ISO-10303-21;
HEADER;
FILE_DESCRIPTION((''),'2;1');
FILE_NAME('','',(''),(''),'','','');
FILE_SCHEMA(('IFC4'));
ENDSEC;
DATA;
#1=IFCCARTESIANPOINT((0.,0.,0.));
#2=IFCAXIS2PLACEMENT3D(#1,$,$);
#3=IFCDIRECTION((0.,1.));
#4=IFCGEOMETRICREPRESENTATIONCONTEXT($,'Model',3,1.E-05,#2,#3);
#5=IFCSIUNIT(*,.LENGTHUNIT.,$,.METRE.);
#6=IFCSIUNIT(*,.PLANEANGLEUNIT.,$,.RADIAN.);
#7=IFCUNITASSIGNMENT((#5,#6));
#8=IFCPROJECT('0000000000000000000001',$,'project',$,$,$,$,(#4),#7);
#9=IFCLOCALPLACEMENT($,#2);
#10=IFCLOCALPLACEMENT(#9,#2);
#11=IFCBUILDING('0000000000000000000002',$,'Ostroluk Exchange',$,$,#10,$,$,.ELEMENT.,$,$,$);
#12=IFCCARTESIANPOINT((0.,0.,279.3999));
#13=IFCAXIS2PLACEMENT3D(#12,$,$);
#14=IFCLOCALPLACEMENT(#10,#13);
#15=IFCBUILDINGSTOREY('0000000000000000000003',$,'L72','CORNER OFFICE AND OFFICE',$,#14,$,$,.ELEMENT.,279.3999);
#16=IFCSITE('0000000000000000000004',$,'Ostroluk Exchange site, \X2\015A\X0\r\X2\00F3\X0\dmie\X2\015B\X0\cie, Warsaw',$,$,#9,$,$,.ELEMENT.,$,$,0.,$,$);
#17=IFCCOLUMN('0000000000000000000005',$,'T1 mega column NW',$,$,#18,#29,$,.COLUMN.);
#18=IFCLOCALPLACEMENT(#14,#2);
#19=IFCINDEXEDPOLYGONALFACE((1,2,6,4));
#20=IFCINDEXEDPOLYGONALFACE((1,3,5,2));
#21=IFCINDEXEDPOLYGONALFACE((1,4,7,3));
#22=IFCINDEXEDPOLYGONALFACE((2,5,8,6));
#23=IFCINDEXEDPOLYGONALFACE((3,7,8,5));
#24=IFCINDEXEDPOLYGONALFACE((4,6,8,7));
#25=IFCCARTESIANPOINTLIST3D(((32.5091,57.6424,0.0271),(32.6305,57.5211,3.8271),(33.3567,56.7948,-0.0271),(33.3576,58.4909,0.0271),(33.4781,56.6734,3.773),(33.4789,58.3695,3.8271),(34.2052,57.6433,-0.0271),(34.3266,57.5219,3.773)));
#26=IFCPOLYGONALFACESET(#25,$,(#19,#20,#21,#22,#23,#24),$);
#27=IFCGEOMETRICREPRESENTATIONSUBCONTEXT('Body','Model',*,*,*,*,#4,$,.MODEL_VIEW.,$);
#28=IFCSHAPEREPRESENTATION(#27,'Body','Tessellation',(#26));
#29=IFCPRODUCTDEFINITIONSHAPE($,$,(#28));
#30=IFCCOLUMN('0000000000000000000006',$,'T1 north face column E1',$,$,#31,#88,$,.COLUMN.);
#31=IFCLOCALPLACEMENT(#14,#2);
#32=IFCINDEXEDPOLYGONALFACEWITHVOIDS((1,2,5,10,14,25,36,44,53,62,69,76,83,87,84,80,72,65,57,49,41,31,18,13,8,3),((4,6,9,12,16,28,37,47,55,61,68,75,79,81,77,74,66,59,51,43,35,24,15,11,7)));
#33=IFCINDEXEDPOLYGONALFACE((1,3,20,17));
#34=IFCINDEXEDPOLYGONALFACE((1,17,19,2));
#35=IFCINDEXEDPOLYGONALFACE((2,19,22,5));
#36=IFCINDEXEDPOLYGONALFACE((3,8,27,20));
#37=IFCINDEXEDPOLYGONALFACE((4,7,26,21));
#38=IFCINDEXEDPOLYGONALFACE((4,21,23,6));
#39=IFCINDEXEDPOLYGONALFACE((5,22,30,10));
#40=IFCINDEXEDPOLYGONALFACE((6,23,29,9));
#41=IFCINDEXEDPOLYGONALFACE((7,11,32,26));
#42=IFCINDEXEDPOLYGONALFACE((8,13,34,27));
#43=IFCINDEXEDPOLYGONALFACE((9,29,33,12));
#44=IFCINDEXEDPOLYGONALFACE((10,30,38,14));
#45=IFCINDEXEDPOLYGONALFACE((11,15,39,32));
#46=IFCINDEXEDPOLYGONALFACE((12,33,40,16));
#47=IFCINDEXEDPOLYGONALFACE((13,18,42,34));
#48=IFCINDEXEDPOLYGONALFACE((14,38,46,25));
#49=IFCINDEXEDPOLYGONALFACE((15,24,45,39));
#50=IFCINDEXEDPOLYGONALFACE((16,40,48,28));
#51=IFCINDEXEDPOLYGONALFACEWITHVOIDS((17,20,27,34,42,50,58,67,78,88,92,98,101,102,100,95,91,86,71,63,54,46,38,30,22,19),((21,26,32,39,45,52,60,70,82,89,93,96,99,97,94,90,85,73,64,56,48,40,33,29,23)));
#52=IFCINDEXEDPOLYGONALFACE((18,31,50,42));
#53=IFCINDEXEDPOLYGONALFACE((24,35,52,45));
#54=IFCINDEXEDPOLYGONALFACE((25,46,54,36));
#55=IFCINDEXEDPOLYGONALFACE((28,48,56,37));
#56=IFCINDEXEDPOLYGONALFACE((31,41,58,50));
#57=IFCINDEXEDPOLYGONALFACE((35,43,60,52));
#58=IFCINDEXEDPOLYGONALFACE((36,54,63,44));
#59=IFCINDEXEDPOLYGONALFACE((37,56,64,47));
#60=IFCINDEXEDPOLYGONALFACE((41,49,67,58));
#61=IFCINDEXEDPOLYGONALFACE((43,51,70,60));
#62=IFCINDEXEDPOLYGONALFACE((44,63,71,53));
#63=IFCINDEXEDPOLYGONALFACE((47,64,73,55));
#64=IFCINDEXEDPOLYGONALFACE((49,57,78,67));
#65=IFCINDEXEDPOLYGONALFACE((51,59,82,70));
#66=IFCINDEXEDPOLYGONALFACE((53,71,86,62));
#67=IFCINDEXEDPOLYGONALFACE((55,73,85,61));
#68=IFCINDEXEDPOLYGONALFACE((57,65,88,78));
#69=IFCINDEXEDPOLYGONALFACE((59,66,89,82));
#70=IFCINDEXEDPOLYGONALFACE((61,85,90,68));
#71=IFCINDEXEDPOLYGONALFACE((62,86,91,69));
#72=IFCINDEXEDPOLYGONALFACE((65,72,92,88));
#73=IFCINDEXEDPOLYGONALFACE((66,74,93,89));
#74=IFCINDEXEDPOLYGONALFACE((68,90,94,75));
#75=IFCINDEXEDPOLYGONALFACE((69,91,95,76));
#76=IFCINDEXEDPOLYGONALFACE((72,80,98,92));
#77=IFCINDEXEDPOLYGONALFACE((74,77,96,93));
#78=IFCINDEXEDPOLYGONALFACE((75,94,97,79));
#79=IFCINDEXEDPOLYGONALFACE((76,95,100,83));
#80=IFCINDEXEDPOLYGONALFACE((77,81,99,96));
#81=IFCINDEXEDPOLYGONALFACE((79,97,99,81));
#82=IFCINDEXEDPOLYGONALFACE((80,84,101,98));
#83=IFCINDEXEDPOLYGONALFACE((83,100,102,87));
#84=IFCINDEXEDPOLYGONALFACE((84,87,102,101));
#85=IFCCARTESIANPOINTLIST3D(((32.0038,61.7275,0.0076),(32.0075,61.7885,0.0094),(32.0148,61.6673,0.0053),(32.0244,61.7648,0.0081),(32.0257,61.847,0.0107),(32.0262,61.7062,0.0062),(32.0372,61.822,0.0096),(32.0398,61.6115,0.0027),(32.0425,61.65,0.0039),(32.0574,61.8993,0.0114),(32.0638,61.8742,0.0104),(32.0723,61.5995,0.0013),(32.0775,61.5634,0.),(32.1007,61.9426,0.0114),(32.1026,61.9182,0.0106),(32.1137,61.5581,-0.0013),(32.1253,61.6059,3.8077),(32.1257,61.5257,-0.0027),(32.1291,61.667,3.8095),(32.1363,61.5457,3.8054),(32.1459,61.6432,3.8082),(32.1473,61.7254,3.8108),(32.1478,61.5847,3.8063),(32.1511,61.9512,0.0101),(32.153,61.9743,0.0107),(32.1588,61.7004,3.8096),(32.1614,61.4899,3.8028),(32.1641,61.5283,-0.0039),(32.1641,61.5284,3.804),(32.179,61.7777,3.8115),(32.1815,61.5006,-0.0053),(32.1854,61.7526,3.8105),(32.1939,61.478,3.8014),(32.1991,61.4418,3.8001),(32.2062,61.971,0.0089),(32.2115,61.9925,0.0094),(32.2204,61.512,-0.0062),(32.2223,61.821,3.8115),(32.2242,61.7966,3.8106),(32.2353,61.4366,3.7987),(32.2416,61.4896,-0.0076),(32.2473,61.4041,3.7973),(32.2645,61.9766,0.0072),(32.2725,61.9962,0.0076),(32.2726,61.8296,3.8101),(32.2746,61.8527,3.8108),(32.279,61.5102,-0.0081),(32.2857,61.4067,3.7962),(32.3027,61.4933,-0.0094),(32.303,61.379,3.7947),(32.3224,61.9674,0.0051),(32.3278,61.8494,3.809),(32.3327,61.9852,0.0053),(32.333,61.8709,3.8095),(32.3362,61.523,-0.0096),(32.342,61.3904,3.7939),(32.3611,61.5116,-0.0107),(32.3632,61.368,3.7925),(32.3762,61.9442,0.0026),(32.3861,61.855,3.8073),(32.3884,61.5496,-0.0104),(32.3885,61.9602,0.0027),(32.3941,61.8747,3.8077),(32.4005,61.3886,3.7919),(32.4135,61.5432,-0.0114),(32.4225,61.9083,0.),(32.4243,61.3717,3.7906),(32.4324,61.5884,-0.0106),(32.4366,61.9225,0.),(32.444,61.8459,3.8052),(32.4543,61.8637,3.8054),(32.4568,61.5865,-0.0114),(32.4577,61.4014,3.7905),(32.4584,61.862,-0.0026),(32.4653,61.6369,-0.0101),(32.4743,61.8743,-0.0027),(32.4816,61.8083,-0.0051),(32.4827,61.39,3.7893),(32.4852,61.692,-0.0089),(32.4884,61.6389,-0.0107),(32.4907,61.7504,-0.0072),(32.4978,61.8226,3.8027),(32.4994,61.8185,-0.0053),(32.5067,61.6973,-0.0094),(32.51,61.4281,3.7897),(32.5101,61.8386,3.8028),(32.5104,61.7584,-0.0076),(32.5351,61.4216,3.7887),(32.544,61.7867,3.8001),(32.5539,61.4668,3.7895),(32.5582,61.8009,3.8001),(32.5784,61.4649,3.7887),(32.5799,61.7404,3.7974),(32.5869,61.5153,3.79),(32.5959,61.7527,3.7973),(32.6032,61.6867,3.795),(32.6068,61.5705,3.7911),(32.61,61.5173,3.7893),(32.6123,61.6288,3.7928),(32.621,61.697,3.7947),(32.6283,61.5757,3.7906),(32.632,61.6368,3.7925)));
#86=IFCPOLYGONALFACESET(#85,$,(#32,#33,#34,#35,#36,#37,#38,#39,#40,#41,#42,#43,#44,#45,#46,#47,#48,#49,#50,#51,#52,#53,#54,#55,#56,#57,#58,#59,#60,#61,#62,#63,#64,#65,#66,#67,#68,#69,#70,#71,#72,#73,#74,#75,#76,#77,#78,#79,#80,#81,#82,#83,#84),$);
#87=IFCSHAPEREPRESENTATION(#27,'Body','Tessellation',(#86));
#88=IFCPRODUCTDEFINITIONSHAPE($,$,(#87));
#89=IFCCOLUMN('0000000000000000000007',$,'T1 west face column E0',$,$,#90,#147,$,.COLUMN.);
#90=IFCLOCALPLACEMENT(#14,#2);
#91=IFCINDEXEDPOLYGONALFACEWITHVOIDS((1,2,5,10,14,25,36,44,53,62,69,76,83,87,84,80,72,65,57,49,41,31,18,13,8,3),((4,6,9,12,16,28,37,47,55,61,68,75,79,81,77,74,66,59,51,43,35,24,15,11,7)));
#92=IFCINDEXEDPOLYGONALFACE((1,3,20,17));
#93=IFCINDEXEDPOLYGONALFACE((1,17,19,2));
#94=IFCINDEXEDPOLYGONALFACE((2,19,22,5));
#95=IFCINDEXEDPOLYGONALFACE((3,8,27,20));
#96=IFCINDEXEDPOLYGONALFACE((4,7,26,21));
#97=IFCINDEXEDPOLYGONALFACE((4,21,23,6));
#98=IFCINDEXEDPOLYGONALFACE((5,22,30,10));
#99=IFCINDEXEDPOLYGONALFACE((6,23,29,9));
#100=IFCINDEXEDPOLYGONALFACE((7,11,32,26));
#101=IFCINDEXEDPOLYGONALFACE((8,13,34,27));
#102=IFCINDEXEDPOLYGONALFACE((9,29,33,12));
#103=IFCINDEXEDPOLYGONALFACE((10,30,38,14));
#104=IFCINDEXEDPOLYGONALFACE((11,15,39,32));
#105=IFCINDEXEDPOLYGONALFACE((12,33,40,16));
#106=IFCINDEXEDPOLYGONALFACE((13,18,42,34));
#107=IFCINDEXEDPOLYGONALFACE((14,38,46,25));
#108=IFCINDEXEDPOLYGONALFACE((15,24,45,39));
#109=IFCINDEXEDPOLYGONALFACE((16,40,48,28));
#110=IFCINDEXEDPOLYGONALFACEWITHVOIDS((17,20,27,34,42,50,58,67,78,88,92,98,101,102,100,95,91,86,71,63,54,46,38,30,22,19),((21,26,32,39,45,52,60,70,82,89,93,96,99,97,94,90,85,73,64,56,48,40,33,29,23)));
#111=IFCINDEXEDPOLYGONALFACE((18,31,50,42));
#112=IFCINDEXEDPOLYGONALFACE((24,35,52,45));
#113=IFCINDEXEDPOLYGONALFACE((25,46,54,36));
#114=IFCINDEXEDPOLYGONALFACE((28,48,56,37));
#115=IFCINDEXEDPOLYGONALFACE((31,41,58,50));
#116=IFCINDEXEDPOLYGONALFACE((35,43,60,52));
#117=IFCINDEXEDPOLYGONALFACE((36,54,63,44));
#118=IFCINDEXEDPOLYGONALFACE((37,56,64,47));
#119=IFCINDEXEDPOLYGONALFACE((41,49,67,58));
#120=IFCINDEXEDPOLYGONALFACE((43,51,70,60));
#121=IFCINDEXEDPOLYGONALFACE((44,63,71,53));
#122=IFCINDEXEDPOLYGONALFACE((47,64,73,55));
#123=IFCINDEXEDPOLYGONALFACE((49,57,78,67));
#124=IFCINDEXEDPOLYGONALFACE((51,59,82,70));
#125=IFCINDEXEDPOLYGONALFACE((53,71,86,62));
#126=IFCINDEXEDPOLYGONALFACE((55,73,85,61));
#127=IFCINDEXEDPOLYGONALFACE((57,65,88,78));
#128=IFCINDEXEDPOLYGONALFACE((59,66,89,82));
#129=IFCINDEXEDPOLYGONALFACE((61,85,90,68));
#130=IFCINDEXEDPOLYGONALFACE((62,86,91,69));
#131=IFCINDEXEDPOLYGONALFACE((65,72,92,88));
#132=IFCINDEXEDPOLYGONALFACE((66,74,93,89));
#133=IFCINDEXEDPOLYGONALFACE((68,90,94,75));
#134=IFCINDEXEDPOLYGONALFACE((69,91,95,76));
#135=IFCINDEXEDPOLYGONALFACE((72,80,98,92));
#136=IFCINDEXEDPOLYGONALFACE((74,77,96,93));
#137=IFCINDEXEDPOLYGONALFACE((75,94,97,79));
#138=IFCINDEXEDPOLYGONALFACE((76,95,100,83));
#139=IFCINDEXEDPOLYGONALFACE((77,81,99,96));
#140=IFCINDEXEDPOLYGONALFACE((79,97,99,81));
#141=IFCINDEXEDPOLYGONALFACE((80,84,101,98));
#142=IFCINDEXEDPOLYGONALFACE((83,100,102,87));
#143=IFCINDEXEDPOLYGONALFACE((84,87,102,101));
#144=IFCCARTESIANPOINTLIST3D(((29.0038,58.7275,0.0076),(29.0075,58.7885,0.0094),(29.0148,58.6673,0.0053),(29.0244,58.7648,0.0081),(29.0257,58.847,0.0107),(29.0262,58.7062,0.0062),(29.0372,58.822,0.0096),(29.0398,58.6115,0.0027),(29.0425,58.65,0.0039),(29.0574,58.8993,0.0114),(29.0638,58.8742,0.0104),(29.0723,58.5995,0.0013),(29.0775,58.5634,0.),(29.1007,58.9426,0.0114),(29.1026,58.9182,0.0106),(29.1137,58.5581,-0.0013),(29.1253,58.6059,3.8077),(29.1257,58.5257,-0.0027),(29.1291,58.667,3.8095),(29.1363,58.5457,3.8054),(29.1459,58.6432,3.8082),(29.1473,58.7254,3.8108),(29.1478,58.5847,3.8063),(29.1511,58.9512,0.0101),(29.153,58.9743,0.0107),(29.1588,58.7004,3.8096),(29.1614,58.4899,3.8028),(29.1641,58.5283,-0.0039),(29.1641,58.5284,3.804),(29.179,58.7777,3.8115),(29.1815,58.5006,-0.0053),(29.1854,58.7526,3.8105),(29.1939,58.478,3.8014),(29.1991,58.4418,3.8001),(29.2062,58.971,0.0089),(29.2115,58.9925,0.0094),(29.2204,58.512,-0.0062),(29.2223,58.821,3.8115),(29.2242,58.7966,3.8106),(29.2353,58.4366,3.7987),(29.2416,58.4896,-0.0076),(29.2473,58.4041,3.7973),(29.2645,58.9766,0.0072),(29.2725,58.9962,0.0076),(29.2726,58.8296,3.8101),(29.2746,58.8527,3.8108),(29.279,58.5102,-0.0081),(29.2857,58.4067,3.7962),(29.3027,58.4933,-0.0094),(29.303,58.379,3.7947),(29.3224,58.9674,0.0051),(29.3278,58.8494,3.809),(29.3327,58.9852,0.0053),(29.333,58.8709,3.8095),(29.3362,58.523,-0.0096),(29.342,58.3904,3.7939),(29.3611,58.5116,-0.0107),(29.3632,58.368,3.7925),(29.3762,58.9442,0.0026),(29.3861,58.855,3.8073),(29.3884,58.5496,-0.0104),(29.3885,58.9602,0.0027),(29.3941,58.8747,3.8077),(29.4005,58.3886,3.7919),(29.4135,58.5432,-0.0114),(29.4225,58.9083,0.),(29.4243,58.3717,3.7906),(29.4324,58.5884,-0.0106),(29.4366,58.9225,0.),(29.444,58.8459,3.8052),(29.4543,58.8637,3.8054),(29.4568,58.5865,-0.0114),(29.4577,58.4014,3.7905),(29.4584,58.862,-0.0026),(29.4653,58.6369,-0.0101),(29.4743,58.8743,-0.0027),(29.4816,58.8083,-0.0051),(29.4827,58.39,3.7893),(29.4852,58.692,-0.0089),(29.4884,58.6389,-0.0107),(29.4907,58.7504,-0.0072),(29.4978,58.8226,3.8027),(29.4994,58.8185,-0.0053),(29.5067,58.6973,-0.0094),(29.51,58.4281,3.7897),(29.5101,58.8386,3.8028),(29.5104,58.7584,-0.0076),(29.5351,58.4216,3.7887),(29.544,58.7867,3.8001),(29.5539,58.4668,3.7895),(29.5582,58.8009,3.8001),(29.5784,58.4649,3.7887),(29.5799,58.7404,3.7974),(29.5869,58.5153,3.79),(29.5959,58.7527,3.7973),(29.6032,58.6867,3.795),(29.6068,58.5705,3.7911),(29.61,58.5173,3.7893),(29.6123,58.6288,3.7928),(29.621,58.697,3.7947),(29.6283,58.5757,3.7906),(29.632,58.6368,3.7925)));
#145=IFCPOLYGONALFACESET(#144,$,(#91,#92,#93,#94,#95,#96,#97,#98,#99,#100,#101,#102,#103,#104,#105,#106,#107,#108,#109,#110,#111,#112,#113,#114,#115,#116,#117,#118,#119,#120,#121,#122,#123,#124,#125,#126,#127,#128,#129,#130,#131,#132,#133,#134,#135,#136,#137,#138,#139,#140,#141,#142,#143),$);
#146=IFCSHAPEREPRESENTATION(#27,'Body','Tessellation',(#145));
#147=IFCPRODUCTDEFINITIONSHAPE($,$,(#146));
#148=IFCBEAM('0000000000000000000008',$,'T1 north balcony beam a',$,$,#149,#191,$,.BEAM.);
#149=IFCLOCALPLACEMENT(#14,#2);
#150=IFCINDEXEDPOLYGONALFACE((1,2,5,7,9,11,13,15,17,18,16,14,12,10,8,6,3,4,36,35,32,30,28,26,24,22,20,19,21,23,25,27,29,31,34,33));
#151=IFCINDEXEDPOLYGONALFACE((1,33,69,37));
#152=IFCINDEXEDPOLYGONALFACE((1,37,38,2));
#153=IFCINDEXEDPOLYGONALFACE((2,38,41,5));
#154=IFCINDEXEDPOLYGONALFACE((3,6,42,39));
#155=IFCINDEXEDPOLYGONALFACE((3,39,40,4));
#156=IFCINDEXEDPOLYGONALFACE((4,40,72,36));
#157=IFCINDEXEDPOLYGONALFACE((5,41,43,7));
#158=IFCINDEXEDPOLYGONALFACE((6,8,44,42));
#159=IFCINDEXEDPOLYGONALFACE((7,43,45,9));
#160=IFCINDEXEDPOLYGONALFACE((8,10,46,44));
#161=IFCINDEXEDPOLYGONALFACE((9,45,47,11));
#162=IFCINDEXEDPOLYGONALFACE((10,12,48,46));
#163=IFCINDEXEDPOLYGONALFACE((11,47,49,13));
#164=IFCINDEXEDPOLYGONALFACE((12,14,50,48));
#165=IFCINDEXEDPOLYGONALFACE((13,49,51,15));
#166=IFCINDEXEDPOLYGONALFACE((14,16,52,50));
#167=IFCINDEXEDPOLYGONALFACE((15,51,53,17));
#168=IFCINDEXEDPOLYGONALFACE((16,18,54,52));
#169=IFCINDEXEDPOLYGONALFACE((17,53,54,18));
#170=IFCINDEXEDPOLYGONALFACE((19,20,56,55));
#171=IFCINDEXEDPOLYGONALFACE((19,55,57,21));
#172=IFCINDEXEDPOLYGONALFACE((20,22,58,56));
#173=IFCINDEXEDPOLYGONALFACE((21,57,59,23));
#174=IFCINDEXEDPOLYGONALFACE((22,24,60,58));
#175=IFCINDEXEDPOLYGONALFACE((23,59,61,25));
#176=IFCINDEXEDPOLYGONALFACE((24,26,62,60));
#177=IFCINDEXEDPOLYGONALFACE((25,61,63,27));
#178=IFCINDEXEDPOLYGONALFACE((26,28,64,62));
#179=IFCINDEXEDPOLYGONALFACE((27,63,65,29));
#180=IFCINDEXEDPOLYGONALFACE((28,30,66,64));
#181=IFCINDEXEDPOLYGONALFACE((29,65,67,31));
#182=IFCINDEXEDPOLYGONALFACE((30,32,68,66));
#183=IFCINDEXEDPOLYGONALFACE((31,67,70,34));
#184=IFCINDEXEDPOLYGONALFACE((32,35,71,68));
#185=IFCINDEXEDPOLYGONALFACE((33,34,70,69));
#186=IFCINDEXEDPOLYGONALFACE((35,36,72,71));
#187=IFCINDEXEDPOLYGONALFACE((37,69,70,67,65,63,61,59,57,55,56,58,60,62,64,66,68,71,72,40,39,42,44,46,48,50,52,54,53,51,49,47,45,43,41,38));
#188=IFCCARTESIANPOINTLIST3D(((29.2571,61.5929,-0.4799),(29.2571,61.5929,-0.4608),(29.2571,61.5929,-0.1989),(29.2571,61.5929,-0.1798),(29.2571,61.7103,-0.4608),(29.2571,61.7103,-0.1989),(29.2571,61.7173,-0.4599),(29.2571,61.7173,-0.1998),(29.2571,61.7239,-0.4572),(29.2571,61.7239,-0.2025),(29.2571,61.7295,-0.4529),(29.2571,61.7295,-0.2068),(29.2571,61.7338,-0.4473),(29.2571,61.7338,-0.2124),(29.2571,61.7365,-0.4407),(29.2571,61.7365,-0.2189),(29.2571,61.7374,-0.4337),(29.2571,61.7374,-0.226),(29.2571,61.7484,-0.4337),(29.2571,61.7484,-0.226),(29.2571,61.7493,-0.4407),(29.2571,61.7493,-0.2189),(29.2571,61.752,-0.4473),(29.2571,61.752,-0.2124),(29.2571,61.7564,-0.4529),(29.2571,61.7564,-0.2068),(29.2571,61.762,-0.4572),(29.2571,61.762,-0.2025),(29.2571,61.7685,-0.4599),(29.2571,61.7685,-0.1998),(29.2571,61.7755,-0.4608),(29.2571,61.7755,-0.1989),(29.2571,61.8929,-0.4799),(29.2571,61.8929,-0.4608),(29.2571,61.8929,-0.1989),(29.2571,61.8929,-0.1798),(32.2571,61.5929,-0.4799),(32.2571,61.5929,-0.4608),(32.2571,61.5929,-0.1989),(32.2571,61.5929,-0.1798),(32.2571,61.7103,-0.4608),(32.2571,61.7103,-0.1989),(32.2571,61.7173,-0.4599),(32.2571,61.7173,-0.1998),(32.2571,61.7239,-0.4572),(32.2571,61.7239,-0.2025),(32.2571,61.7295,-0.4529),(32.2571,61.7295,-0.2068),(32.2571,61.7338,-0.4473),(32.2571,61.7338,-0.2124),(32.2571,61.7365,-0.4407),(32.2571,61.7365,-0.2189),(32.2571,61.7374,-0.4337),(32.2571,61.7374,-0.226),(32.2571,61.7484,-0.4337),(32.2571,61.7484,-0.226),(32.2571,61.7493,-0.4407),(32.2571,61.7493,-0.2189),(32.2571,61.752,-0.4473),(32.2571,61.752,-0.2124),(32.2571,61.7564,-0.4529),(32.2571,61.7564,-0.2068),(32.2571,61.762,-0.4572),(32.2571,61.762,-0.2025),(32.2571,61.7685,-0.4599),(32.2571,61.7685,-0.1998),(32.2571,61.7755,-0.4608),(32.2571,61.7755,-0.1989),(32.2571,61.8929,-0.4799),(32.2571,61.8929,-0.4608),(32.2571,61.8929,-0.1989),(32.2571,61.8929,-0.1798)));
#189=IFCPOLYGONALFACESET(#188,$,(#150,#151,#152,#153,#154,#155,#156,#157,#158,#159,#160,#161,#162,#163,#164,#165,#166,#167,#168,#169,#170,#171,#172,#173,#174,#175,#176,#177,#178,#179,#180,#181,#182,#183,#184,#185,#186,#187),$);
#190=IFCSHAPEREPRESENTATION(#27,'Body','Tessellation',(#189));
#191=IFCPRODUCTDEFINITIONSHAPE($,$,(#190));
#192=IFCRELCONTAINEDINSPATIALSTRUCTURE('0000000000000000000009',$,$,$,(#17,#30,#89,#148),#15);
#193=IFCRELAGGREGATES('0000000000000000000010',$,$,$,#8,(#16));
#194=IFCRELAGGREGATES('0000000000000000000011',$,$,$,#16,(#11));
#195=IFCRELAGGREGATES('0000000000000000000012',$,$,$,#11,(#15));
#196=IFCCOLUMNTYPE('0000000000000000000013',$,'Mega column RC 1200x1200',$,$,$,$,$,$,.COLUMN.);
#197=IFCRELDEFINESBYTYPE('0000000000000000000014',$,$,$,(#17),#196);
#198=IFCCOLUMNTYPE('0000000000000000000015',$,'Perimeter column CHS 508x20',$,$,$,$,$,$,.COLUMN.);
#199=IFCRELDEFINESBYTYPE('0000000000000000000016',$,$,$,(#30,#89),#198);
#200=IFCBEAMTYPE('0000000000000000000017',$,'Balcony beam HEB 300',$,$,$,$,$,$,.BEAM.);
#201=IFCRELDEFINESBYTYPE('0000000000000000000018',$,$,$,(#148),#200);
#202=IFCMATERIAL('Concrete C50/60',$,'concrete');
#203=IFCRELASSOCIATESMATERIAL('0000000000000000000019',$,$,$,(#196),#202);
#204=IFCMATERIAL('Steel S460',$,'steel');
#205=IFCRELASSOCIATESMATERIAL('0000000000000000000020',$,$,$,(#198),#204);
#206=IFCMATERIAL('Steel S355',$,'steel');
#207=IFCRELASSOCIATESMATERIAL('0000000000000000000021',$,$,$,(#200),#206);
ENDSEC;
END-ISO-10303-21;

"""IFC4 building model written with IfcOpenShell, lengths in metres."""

from ifc_helpers import new_model, si_unit, direction, frame, origin, origin_2d, place, context, subcontext, project, spatial, rectangle, hollow_circle, i_section, extrude, material, material_profile, profile_set, type_object, element, save


model = new_model("IFC4")

# Units and contexts
model_context = context("Model", 3, precision=1e-05, world=origin(), true_north=direction((0.0, 1.0)))
body_context = subcontext(model_context, "Body", "Model", "MODEL_VIEW")
ifc_project = project(units=[si_unit("LENGTHUNIT", "METRE"), si_unit("PLANEANGLEUNIT", "RADIAN")], contexts=[model_context])

# Site, building, storey
site_placement = place(None, origin())
site = spatial("IfcSite", under=ifc_project, at=site_placement, Name="Ostroluk Exchange site, Śródmieście, Warsaw", CompositionType="ELEMENT", RefElevation=0.0)
building_placement = place(site_placement, origin())
building = spatial("IfcBuilding", under=site, at=building_placement, Name="Ostroluk Exchange", CompositionType="ELEMENT")
storey_placement = place(building_placement, frame((0.0, 0.0, 279.3999)))
storey = spatial("IfcBuildingStorey", under=building, at=storey_placement, Name="L72", Description="CORNER OFFICE AND OFFICE", CompositionType="ELEMENT", Elevation=279.3999)

# Columns
ifc_material_1 = material(Name="Concrete C50/60", Category="concrete")
ifc_material_profile_1 = material_profile(ifc_material_1, rectangle(XDim=1.2, YDim=1.2, at=origin_2d()), Name="RC 1200x1200")
ifc_profile_set_1 = profile_set([ifc_material_profile_1], Name="Concrete C50/60")
column_type_1 = type_object("IfcColumnType", Name="Mega column RC 1200x1200", PredefinedType="COLUMN", material=ifc_profile_set_1)
column_placement = place(storey_placement, frame((33.3572, 57.6428, 0.0), z_axis=(0.031898, -0.031898, 0.998982), x_axis=(0.707107, 0.707107, 0.0)))
element("IfcColumn", 1, at=column_placement, inside=storey, type_object=column_type_1, Name="T1 mega column NW", PredefinedType="COLUMN", context=body_context, shape_type="SweptSolid", body=[
    extrude(rectangle(XDim=1.2, YDim=1.2, at=origin_2d()), origin(), (0.0, 0.0, 1.0), 3.804),
])
ifc_material_2 = material(Name="Steel S460", Category="steel")
ifc_material_profile_2 = material_profile(ifc_material_2, hollow_circle(Radius=0.2539, WallThickness=0.02, at=origin_2d()), Name="CHS 508x20")
ifc_profile_set_2 = profile_set([ifc_material_profile_2], Name="Steel S460")
column_type_2 = type_object("IfcColumnType", Name="Perimeter column CHS 508x20", PredefinedType="COLUMN", material=ifc_profile_set_2)
for number, where, z_axis, x_axis, name in (
    (2, (32.2571, 61.7429, 0.0), (0.031962, -0.031962, 0.998978), (0.707107, 0.707107, 0.0), "T1 north face column E1"),
    (3, (29.2571, 58.7429, 0.0), (0.031962, -0.031962, 0.998978), (0.707107, 0.707107, 0.0), "T1 west face column E0"),
):
    element("IfcColumn", number, at=place(storey_placement, frame(where, z_axis=z_axis, x_axis=x_axis)), inside=storey, type_object=column_type_2, Name=name, PredefinedType="COLUMN", context=body_context, shape_type="SweptSolid", body=[
        extrude(hollow_circle(Radius=0.2539, WallThickness=0.02, at=origin_2d()), origin(), (0.0, 0.0, 1.0), 3.804),
    ])

# Beam
ifc_material_3 = material(Name="Steel S355", Category="steel")
ifc_material_profile_3 = material_profile(ifc_material_3, i_section(OverallWidth=0.3, OverallDepth=0.3, WebThickness=0.011, FlangeThickness=0.019, FilletRadius=0.0271, at=origin_2d()), Name="HEB 300")
ifc_profile_set_3 = profile_set([ifc_material_profile_3], Name="Steel S355")
beam_type_1 = type_object("IfcBeamType", Name="Balcony beam HEB 300", PredefinedType="BEAM", material=ifc_profile_set_3)
for number, where, z_axis, x_axis, name in (
    (4, (32.2571, 61.7429, -0.3298), (-1.0, 0.0, 0.0), (0.0, -1.0, 0.0), "T1 north balcony beam a"),
):
    element("IfcBeam", number, at=place(storey_placement, frame(where, z_axis=z_axis, x_axis=x_axis)), inside=storey, type_object=beam_type_1, Name=name, PredefinedType="BEAM", context=body_context, shape_type="SweptSolid", body=[
        extrude(i_section(OverallWidth=0.3, OverallDepth=0.3, WebThickness=0.011, FlangeThickness=0.019, FilletRadius=0.0271, at=origin_2d()), origin(), (0.0, 0.0, 1.0), 3.0),
    ])

save(model, "model.ifc")
